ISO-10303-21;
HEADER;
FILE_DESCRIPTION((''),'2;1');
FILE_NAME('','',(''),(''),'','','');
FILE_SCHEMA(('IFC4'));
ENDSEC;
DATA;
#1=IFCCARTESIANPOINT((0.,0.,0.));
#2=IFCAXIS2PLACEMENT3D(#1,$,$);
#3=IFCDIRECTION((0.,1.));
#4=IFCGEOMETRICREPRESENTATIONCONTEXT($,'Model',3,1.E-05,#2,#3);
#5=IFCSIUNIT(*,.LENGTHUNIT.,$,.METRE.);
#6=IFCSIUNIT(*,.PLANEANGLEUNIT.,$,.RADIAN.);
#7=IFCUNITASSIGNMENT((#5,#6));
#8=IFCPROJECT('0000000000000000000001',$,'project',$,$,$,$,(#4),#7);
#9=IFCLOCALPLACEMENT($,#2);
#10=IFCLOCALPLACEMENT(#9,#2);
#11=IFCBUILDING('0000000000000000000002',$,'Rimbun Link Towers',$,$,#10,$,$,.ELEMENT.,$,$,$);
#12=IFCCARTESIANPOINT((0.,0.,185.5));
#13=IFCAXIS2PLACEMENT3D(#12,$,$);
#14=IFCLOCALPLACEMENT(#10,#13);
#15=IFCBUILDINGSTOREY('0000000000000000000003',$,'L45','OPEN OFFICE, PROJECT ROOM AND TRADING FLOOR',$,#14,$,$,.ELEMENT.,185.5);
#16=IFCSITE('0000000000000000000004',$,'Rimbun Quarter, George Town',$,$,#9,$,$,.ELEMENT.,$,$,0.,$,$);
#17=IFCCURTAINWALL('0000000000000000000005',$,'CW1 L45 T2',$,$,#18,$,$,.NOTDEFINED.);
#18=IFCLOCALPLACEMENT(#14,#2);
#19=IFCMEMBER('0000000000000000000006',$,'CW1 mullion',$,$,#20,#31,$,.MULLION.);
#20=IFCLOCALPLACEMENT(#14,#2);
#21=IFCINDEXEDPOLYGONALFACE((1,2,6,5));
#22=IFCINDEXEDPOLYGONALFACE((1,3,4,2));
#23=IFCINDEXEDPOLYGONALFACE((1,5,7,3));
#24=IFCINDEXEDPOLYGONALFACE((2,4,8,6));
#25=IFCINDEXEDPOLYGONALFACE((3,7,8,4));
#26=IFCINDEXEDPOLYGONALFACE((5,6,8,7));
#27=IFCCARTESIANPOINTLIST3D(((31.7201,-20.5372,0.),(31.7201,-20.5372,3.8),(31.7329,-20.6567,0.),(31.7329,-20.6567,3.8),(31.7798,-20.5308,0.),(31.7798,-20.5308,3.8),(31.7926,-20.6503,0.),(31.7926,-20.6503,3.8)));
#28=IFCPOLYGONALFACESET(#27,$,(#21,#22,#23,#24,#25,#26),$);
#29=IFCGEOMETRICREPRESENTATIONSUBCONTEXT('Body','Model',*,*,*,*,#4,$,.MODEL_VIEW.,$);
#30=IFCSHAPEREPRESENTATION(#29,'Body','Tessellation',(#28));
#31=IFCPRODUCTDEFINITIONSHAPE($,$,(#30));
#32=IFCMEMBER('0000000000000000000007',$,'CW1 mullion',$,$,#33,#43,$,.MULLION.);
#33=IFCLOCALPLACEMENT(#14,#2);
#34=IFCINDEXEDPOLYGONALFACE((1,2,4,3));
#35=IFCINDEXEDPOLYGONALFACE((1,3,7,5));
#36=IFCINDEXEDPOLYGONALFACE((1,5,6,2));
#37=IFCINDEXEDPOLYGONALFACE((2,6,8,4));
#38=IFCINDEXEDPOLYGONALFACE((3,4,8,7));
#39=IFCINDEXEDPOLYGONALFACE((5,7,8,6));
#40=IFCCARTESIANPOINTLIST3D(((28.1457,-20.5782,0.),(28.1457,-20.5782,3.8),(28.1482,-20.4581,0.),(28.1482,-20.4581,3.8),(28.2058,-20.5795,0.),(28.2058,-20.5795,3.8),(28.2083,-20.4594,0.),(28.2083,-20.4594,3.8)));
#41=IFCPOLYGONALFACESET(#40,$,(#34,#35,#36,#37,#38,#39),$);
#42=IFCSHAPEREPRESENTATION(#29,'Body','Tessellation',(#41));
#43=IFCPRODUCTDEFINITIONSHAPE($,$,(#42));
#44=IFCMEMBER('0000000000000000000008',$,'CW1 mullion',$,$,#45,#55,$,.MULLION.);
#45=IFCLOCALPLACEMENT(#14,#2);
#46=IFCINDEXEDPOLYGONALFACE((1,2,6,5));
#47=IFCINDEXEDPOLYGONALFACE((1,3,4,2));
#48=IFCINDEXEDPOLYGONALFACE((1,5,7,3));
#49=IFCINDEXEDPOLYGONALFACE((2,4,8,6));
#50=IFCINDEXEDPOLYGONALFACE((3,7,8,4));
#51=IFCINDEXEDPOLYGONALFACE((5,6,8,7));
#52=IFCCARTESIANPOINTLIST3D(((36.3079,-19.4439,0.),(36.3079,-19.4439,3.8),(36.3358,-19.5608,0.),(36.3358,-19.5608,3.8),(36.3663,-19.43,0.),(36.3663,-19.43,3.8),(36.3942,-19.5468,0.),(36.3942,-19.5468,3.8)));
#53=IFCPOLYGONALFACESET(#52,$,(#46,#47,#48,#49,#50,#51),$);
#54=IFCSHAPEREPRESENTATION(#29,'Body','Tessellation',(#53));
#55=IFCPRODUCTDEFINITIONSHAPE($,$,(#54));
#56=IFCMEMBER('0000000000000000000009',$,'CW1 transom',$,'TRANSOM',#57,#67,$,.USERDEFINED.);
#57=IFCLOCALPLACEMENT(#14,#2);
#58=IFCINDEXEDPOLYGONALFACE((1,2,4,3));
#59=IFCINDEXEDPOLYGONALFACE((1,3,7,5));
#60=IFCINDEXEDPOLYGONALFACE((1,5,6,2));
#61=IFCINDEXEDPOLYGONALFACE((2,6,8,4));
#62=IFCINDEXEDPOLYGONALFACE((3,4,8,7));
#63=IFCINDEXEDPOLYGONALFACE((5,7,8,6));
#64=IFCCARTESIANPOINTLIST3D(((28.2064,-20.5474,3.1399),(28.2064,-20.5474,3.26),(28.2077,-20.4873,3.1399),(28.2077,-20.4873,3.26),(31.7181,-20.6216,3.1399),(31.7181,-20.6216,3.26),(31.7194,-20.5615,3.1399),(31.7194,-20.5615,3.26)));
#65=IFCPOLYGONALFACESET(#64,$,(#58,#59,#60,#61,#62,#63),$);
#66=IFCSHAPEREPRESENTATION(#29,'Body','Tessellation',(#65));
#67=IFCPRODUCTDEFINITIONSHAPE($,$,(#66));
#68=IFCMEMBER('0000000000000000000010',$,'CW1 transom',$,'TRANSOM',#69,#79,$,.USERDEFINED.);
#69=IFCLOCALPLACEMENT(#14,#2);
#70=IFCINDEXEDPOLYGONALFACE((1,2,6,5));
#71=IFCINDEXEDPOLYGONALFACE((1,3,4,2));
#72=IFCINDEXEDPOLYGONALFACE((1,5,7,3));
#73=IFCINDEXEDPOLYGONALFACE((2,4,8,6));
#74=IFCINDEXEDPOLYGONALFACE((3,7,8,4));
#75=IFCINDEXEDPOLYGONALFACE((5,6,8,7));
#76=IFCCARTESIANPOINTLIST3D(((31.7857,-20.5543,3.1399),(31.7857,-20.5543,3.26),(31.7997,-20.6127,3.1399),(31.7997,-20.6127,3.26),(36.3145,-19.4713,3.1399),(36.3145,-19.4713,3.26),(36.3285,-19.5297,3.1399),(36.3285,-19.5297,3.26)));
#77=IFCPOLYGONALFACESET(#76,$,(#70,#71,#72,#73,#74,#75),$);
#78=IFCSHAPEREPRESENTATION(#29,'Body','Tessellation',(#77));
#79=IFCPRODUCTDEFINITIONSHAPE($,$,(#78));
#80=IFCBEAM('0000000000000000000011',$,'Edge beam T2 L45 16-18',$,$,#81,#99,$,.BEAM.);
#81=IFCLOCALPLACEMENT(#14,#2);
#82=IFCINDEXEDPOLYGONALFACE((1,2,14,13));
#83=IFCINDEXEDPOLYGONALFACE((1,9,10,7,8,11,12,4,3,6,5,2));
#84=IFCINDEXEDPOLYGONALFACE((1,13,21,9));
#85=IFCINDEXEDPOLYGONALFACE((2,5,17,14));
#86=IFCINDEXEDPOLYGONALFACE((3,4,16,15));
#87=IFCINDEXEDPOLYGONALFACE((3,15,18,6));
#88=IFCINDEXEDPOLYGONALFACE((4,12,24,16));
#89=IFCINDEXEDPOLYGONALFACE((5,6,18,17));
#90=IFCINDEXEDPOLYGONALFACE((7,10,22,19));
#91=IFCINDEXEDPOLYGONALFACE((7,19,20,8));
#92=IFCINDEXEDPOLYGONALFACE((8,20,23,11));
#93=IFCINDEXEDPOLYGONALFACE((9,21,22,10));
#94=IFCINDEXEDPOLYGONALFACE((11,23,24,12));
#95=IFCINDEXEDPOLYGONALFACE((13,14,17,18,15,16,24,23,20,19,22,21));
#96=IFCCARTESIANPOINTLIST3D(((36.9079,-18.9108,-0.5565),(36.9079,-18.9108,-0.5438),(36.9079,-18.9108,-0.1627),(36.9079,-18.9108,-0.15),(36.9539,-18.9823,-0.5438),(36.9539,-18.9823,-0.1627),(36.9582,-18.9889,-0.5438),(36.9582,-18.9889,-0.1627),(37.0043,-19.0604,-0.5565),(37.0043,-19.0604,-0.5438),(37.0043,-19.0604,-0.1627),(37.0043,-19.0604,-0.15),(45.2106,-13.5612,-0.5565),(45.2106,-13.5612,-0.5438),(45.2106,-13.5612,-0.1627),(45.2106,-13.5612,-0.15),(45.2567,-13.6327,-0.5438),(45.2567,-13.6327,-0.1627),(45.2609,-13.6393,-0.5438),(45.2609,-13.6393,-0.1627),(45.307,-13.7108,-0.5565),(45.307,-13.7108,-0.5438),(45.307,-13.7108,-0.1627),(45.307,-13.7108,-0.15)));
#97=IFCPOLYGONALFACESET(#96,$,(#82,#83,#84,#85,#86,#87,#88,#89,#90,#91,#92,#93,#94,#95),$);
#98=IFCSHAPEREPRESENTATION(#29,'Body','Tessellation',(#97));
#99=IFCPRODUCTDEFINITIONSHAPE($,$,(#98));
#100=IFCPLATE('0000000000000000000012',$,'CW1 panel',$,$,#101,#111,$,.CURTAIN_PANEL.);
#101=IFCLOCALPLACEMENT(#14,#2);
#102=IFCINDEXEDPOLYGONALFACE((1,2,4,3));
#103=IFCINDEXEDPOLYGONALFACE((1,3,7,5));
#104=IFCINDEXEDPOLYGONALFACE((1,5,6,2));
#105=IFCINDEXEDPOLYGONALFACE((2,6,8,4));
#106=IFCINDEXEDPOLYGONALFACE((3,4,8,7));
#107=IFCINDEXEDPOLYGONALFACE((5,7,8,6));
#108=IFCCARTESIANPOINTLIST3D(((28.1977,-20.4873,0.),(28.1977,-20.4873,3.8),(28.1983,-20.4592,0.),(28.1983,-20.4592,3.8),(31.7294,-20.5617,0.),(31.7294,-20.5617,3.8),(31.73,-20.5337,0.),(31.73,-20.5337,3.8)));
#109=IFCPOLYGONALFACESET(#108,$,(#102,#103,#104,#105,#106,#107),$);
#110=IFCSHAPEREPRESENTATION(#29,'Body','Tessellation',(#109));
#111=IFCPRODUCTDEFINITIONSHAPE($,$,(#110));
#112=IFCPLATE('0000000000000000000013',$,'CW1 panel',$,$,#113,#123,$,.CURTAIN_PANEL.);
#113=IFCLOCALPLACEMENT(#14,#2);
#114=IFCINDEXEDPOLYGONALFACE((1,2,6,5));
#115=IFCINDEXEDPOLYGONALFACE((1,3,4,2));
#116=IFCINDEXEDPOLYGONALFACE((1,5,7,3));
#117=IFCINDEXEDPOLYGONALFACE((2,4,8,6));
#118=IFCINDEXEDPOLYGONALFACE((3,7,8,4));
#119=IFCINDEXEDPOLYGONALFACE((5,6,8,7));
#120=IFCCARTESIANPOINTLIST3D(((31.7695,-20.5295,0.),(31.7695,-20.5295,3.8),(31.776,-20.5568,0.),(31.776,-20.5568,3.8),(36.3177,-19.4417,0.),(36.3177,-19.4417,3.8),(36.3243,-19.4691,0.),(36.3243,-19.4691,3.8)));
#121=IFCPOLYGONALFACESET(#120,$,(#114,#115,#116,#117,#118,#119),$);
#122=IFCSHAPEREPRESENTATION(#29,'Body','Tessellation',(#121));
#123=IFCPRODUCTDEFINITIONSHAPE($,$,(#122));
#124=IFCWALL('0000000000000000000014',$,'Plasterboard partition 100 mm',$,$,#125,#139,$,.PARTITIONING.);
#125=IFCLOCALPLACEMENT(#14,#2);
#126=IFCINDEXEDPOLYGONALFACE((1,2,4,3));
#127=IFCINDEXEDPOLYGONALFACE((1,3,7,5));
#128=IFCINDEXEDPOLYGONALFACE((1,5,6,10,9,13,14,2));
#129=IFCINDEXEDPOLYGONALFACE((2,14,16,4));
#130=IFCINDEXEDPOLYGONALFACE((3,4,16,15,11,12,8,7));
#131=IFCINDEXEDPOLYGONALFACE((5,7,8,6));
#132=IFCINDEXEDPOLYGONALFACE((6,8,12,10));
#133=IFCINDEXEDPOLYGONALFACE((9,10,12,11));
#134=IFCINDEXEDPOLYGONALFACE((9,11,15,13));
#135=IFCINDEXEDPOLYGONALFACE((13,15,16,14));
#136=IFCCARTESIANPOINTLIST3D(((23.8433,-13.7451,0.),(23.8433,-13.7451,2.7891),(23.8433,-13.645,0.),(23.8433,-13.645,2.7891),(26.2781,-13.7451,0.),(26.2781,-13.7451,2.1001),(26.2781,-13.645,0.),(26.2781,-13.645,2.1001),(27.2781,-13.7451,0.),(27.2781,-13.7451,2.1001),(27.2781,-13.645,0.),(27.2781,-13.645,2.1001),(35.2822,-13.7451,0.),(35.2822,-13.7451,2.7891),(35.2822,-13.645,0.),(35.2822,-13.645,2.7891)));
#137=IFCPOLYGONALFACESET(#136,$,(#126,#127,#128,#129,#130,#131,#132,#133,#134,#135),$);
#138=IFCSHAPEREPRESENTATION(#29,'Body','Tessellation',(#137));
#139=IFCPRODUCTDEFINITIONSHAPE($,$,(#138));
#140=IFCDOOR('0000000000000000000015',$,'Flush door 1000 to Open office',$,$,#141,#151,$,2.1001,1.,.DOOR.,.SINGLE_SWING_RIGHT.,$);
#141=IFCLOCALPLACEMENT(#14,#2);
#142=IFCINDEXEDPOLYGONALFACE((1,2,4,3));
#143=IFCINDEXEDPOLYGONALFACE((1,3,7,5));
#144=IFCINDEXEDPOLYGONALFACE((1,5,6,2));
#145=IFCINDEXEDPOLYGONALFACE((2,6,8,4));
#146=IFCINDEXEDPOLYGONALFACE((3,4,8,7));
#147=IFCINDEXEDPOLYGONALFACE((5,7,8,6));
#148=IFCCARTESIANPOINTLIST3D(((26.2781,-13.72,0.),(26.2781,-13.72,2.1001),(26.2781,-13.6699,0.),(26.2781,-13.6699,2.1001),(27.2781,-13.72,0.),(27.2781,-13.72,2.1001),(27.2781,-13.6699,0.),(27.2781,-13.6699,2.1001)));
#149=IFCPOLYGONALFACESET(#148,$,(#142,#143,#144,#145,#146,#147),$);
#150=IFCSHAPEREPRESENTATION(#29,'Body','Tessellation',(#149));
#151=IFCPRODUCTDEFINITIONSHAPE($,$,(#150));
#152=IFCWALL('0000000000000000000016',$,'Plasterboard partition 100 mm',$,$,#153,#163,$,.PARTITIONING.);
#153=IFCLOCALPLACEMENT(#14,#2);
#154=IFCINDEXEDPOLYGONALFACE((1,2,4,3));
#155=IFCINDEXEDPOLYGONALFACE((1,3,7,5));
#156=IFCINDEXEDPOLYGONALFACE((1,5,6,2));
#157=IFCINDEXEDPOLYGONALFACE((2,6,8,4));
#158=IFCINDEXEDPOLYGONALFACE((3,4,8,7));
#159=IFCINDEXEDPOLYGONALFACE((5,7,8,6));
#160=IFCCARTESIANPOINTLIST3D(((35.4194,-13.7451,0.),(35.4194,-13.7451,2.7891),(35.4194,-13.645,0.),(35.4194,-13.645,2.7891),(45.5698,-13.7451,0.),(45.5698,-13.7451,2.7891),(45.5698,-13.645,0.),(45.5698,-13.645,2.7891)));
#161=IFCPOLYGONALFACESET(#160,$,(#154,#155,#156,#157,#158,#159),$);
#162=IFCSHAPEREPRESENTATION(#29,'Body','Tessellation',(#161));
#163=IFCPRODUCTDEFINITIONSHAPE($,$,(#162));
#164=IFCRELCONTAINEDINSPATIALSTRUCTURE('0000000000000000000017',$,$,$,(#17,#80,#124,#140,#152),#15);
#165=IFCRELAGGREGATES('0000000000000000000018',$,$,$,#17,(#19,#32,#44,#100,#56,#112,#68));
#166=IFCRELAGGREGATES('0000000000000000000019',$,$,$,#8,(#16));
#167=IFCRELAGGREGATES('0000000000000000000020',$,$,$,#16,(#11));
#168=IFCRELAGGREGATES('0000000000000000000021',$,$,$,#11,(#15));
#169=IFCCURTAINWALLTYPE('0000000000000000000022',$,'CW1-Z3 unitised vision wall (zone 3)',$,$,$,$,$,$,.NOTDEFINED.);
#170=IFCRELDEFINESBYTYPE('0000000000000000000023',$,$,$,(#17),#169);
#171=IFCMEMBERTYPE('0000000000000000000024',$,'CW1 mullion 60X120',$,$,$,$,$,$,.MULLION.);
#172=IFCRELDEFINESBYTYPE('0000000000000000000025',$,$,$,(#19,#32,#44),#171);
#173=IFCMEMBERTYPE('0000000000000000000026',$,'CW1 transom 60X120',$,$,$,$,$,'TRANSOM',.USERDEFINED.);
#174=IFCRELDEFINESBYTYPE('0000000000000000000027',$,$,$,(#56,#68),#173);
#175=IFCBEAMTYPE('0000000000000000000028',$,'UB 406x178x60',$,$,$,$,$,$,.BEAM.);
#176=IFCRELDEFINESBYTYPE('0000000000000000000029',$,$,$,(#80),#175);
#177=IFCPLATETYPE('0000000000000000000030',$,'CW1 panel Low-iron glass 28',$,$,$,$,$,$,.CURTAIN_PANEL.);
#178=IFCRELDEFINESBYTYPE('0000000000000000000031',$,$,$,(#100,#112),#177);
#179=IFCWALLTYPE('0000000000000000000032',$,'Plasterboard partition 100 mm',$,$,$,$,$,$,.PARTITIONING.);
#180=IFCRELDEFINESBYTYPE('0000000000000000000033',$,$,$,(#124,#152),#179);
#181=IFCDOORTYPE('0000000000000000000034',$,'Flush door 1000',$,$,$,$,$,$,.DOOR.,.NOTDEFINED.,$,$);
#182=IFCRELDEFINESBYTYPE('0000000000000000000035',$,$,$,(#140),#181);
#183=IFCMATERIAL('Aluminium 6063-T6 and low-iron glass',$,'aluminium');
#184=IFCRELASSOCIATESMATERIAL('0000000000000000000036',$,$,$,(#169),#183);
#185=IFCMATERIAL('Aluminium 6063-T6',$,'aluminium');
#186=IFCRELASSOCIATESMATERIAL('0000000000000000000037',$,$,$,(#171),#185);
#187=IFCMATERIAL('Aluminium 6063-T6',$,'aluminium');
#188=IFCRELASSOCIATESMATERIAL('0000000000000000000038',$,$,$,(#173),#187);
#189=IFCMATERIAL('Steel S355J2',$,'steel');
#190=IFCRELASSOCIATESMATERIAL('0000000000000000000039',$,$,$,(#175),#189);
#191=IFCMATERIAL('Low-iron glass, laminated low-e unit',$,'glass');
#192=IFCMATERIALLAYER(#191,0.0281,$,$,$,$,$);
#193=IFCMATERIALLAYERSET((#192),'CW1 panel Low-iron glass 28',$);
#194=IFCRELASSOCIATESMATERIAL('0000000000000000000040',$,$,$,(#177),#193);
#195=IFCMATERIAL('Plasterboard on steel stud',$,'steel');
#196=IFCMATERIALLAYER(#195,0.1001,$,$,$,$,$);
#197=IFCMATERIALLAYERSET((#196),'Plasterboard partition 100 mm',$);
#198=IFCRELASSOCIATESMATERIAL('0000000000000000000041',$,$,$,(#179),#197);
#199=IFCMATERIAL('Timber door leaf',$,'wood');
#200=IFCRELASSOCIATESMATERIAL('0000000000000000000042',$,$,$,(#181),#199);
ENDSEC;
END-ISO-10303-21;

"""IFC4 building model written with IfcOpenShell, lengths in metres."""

from ifc_helpers import new_model, si_unit, direction, frame, frame_2d, origin, origin_2d, place, context, subcontext, project, spatial, rectangle, i_section, extrude, material, layer, layer_set, material_profile, profile_set, type_object, element, fill, aggregate, save


model = new_model("IFC4")

# Units and contexts
model_context = context("Model", 3, precision=1e-05, world=origin(), true_north=direction((0.0, 1.0)))
body_context = subcontext(model_context, "Body", "Model", "MODEL_VIEW")
ifc_project = project(units=[si_unit("LENGTHUNIT", "METRE"), si_unit("PLANEANGLEUNIT", "RADIAN")], contexts=[model_context])

# Site, building, storey
site_placement = place(None, origin())
site = spatial("IfcSite", under=ifc_project, at=site_placement, Name="Rimbun Quarter, George Town", CompositionType="ELEMENT", RefElevation=0.0)
building_placement = place(site_placement, origin())
building = spatial("IfcBuilding", under=site, at=building_placement, Name="Rimbun Link Towers", CompositionType="ELEMENT")
storey_placement = place(building_placement, frame((0.0, 0.0, 185.5)))
storey = spatial("IfcBuildingStorey", under=building, at=storey_placement, Name="L45", Description="OPEN OFFICE, PROJECT ROOM AND TRADING FLOOR", CompositionType="ELEMENT", Elevation=185.5)

# Curtain wall, members
ifc_material_1 = material(Name="Aluminium 6063-T6 and low-iron glass", Category="aluminium")
curtain_wall_type = type_object("IfcCurtainWallType", Name="CW1-Z3 unitised vision wall (zone 3)", PredefinedType="NOTDEFINED", material=ifc_material_1)
curtain_wall_placement = place(storey_placement, origin())
curtain_wall = element("IfcCurtainWall", 1, at=curtain_wall_placement, inside=storey, type_object=curtain_wall_type, Name="CW1 L45 T2", PredefinedType="NOTDEFINED")
ifc_material_2 = material(Name="Aluminium 6063-T6", Category="aluminium")
ifc_material_profile_1 = material_profile(ifc_material_2, rectangle(XDim=0.1201, YDim=0.0601, at=origin_2d()), Name="MULLION 60X120")
ifc_profile_set_1 = profile_set([ifc_material_profile_1], Name="Aluminium 6063-T6")
member_type_1 = type_object("IfcMemberType", Name="CW1 mullion 60X120", PredefinedType="MULLION", material=ifc_profile_set_1)
member_1_placement = place(storey_placement, frame((31.7563, -20.5938, 0.0), z_axis=(0.0, 0.0, 1.0), x_axis=(0.106634, -0.994298, 0.0)))
member_1 = element("IfcMember", 2, at=member_1_placement, type_object=member_type_1, Name="CW1 mullion", PredefinedType="MULLION", context=body_context, shape_type="SweptSolid", body=[
    extrude(rectangle(XDim=0.1201, YDim=0.0601, at=origin_2d()), origin(), (0.0, 0.0, 1.0), 3.8),
])
member_2_placement = place(storey_placement, frame((28.177, -20.5188, 0.0), z_axis=(0.0, 0.0, 1.0), x_axis=(-0.021069, -0.999778, 0.0)))
member_2 = element("IfcMember", 3, at=member_2_placement, type_object=member_type_1, Name="CW1 mullion", PredefinedType="MULLION", context=body_context, shape_type="SweptSolid", body=[
    extrude(rectangle(XDim=0.1201, YDim=0.0601, at=origin_2d()), origin(), (0.0, 0.0, 1.0), 3.8),
])
member_3_placement = place(storey_placement, frame((36.3511, -19.4954, 0.0), z_axis=(0.0, 0.0, 1.0), x_axis=(0.232596, -0.972573, 0.0)))
member_3 = element("IfcMember", 4, at=member_3_placement, type_object=member_type_1, Name="CW1 mullion", PredefinedType="MULLION", context=body_context, shape_type="SweptSolid", body=[
    extrude(rectangle(XDim=0.1201, YDim=0.0601, at=origin_2d()), origin(), (0.0, 0.0, 1.0), 3.8),
])
ifc_material_3 = material(Name="Aluminium 6063-T6", Category="aluminium")
ifc_material_profile_2 = material_profile(ifc_material_3, rectangle(XDim=0.0601, YDim=0.1201, at=origin_2d()), Name="TRANSOM 60X120")
ifc_profile_set_2 = profile_set([ifc_material_profile_2], Name="Aluminium 6063-T6")
member_type_2 = type_object("IfcMemberType", Name="CW1 transom 60X120", ElementType="TRANSOM", PredefinedType="USERDEFINED", material=ifc_profile_set_2)
member_4_placement = place(storey_placement, frame((31.7188, -20.5916, 3.2), z_axis=(-0.999777, 0.02113, 0.0), x_axis=(-0.02113, -0.999777, 0.0)))
member_4 = element("IfcMember", 5, at=member_4_placement, type_object=member_type_2, Name="CW1 transom", ObjectType="TRANSOM", PredefinedType="USERDEFINED", context=body_context, shape_type="SweptSolid", body=[
    extrude(rectangle(XDim=0.0601, YDim=0.1201, at=origin_2d()), origin(), (0.0, 0.0, 1.0), 3.5125),
])
member_5_placement = place(storey_placement, frame((36.3215, -19.5005, 3.2), z_axis=(-0.972577, -0.23258, 0.0), x_axis=(0.23258, -0.972577, 0.0)))
member_5 = element("IfcMember", 6, at=member_5_placement, type_object=member_type_2, Name="CW1 transom", ObjectType="TRANSOM", PredefinedType="USERDEFINED", context=body_context, shape_type="SweptSolid", body=[
    extrude(rectangle(XDim=0.0601, YDim=0.1201, at=origin_2d()), origin(), (0.0, 0.0, 1.0), 4.6565),
])

# Beam
ifc_material_4 = material(Name="Steel S355J2", Category="steel")
ifc_material_profile_3 = material_profile(ifc_material_4, i_section(OverallWidth=0.178, OverallDepth=0.4065, WebThickness=0.0078, FlangeThickness=0.0127, at=origin_2d()), Name="UB 406x178x60")
ifc_profile_set_3 = profile_set([ifc_material_profile_3], Name="Steel S355J2")
beam_type = type_object("IfcBeamType", Name="UB 406x178x60", PredefinedType="BEAM", material=ifc_profile_set_3)
beam_placement = place(storey_placement, frame((36.9561, -18.9856, -0.3533), z_axis=(0.840619, 0.541627, 0.0), x_axis=(-0.541627, 0.840619, 0.0)))
element("IfcBeam", 7, at=beam_placement, inside=storey, type_object=beam_type, Name="Edge beam T2 L45 16-18", PredefinedType="BEAM", context=body_context, shape_type="SweptSolid", body=[
    extrude(i_section(OverallWidth=0.178, OverallDepth=0.4065, WebThickness=0.0078, FlangeThickness=0.0127, at=origin_2d()), origin(), (0.0, 0.0, 1.0), 9.877),
])

# Plates
ifc_material_5 = material(Name="Low-iron glass, laminated low-e unit", Category="glass")
ifc_layer_1 = layer(ifc_material_5, 0.0281)
ifc_layer_set_1 = layer_set([ifc_layer_1], Name="CW1 panel Low-iron glass 28")
plate_type = type_object("IfcPlateType", Name="CW1 panel Low-iron glass 28", PredefinedType="CURTAIN_PANEL", material=ifc_layer_set_1)
plate_1_placement = place(storey_placement, frame((29.9639, -20.5105, 0.0), z_axis=(0.0, 0.0, 1.0), x_axis=(-0.999778, 0.021069, 0.0)))
plate_1 = element("IfcPlate", 8, at=plate_1_placement, type_object=plate_type, Name="CW1 panel", PredefinedType="CURTAIN_PANEL", context=body_context, shape_type="SweptSolid", body=[
    extrude(rectangle(XDim=3.5325, YDim=0.0281, at=origin_2d()), origin(), (0.0, 0.0, 1.0), 3.8),
])
plate_2_placement = place(storey_placement, frame((34.0469, -19.9993, 0.0), z_axis=(0.0, 0.0, 1.0), x_axis=(-0.972573, -0.232596, 0.0)))
plate_2 = element("IfcPlate", 9, at=plate_2_placement, type_object=plate_type, Name="CW1 panel", PredefinedType="CURTAIN_PANEL", context=body_context, shape_type="SweptSolid", body=[
    extrude(rectangle(XDim=4.6765, YDim=0.0281, at=origin_2d()), origin(), (0.0, 0.0, 1.0), 3.8),
])
aggregate(curtain_wall, [member_1, member_2, member_3, plate_1, member_4, plate_2, member_5])

# Wall, opening, door
ifc_material_6 = material(Name="Plasterboard on steel stud", Category="steel")
ifc_layer_2 = layer(ifc_material_6, 0.1001)
ifc_layer_set_2 = layer_set([ifc_layer_2], Name="Plasterboard partition 100 mm")
wall_type = type_object("IfcWallType", Name="Plasterboard partition 100 mm", PredefinedType="PARTITIONING", material=ifc_layer_set_2)
wall_1_placement = place(storey_placement, frame((35.2822, -13.6951, 0.0), z_axis=(0.0, 0.0, 1.0), x_axis=(-1.0, 0.0, 0.0)))
wall_1 = element("IfcWall", 10, at=wall_1_placement, inside=storey, type_object=wall_type, Name="Plasterboard partition 100 mm", PredefinedType="PARTITIONING", context=body_context, shape_type="SweptSolid", body=[
    extrude(rectangle(XDim=11.439, YDim=0.1001, at=frame_2d((5.7195, 0.0))), origin(), (0.0, 0.0, 1.0), 2.7891),
])
opening_1_placement = place(wall_1_placement, frame((8.0042, 0.0, 0.0)))
opening_1 = element("IfcOpeningElement", 11, at=opening_1_placement, cuts=wall_1, PredefinedType="OPENING", context=body_context, shape_type="SweptSolid", body=[
    extrude(rectangle(XDim=1.0, YDim=2.1001, at=frame_2d((0.5, 1.05))), frame((0.0, 0.0601, 0.0), z_axis=(0.0, -1.0, 0.0), x_axis=(1.0, 0.0, 0.0)), (0.0, 0.0, 1.0), 0.1201),
])
ifc_material_7 = material(Name="Timber door leaf", Category="wood")
door_type_1 = type_object("IfcDoorType", Name="Flush door 1000", OperationType="NOTDEFINED", PredefinedType="DOOR", material=ifc_material_7)
door_1_placement = place(opening_1_placement, origin())
door_1 = element("IfcDoor", 12, at=door_1_placement, inside=storey, type_object=door_type_1, Name="Flush door 1000 to Open office", OperationType="SINGLE_SWING_RIGHT", OverallHeight=2.1001, OverallWidth=1.0, PredefinedType="DOOR", context=body_context, shape_type="SweptSolid", body=[
    extrude(rectangle(XDim=1.0, YDim=2.1001, at=frame_2d((0.5, 1.05))), frame((0.0, 0.0249, 0.0), z_axis=(0.0, -1.0, 0.0), x_axis=(1.0, 0.0, 0.0)), (0.0, 0.0, 1.0), 0.05),
])
fill(opening_1, door_1)

# Wall
wall_2_placement = place(storey_placement, frame((35.4194, -13.6951, 0.0), z_axis=(0.0, 0.0, 1.0), x_axis=(1.0, 0.0, 0.0)))
element("IfcWall", 13, at=wall_2_placement, inside=storey, type_object=wall_type, Name="Plasterboard partition 100 mm", PredefinedType="PARTITIONING", context=body_context, shape_type="SweptSolid", body=[
    extrude(rectangle(XDim=10.1504, YDim=0.1001, at=frame_2d((5.0752, 0.0))), origin(), (0.0, 0.0, 1.0), 2.7891),
])

save(model, "model.ifc")
